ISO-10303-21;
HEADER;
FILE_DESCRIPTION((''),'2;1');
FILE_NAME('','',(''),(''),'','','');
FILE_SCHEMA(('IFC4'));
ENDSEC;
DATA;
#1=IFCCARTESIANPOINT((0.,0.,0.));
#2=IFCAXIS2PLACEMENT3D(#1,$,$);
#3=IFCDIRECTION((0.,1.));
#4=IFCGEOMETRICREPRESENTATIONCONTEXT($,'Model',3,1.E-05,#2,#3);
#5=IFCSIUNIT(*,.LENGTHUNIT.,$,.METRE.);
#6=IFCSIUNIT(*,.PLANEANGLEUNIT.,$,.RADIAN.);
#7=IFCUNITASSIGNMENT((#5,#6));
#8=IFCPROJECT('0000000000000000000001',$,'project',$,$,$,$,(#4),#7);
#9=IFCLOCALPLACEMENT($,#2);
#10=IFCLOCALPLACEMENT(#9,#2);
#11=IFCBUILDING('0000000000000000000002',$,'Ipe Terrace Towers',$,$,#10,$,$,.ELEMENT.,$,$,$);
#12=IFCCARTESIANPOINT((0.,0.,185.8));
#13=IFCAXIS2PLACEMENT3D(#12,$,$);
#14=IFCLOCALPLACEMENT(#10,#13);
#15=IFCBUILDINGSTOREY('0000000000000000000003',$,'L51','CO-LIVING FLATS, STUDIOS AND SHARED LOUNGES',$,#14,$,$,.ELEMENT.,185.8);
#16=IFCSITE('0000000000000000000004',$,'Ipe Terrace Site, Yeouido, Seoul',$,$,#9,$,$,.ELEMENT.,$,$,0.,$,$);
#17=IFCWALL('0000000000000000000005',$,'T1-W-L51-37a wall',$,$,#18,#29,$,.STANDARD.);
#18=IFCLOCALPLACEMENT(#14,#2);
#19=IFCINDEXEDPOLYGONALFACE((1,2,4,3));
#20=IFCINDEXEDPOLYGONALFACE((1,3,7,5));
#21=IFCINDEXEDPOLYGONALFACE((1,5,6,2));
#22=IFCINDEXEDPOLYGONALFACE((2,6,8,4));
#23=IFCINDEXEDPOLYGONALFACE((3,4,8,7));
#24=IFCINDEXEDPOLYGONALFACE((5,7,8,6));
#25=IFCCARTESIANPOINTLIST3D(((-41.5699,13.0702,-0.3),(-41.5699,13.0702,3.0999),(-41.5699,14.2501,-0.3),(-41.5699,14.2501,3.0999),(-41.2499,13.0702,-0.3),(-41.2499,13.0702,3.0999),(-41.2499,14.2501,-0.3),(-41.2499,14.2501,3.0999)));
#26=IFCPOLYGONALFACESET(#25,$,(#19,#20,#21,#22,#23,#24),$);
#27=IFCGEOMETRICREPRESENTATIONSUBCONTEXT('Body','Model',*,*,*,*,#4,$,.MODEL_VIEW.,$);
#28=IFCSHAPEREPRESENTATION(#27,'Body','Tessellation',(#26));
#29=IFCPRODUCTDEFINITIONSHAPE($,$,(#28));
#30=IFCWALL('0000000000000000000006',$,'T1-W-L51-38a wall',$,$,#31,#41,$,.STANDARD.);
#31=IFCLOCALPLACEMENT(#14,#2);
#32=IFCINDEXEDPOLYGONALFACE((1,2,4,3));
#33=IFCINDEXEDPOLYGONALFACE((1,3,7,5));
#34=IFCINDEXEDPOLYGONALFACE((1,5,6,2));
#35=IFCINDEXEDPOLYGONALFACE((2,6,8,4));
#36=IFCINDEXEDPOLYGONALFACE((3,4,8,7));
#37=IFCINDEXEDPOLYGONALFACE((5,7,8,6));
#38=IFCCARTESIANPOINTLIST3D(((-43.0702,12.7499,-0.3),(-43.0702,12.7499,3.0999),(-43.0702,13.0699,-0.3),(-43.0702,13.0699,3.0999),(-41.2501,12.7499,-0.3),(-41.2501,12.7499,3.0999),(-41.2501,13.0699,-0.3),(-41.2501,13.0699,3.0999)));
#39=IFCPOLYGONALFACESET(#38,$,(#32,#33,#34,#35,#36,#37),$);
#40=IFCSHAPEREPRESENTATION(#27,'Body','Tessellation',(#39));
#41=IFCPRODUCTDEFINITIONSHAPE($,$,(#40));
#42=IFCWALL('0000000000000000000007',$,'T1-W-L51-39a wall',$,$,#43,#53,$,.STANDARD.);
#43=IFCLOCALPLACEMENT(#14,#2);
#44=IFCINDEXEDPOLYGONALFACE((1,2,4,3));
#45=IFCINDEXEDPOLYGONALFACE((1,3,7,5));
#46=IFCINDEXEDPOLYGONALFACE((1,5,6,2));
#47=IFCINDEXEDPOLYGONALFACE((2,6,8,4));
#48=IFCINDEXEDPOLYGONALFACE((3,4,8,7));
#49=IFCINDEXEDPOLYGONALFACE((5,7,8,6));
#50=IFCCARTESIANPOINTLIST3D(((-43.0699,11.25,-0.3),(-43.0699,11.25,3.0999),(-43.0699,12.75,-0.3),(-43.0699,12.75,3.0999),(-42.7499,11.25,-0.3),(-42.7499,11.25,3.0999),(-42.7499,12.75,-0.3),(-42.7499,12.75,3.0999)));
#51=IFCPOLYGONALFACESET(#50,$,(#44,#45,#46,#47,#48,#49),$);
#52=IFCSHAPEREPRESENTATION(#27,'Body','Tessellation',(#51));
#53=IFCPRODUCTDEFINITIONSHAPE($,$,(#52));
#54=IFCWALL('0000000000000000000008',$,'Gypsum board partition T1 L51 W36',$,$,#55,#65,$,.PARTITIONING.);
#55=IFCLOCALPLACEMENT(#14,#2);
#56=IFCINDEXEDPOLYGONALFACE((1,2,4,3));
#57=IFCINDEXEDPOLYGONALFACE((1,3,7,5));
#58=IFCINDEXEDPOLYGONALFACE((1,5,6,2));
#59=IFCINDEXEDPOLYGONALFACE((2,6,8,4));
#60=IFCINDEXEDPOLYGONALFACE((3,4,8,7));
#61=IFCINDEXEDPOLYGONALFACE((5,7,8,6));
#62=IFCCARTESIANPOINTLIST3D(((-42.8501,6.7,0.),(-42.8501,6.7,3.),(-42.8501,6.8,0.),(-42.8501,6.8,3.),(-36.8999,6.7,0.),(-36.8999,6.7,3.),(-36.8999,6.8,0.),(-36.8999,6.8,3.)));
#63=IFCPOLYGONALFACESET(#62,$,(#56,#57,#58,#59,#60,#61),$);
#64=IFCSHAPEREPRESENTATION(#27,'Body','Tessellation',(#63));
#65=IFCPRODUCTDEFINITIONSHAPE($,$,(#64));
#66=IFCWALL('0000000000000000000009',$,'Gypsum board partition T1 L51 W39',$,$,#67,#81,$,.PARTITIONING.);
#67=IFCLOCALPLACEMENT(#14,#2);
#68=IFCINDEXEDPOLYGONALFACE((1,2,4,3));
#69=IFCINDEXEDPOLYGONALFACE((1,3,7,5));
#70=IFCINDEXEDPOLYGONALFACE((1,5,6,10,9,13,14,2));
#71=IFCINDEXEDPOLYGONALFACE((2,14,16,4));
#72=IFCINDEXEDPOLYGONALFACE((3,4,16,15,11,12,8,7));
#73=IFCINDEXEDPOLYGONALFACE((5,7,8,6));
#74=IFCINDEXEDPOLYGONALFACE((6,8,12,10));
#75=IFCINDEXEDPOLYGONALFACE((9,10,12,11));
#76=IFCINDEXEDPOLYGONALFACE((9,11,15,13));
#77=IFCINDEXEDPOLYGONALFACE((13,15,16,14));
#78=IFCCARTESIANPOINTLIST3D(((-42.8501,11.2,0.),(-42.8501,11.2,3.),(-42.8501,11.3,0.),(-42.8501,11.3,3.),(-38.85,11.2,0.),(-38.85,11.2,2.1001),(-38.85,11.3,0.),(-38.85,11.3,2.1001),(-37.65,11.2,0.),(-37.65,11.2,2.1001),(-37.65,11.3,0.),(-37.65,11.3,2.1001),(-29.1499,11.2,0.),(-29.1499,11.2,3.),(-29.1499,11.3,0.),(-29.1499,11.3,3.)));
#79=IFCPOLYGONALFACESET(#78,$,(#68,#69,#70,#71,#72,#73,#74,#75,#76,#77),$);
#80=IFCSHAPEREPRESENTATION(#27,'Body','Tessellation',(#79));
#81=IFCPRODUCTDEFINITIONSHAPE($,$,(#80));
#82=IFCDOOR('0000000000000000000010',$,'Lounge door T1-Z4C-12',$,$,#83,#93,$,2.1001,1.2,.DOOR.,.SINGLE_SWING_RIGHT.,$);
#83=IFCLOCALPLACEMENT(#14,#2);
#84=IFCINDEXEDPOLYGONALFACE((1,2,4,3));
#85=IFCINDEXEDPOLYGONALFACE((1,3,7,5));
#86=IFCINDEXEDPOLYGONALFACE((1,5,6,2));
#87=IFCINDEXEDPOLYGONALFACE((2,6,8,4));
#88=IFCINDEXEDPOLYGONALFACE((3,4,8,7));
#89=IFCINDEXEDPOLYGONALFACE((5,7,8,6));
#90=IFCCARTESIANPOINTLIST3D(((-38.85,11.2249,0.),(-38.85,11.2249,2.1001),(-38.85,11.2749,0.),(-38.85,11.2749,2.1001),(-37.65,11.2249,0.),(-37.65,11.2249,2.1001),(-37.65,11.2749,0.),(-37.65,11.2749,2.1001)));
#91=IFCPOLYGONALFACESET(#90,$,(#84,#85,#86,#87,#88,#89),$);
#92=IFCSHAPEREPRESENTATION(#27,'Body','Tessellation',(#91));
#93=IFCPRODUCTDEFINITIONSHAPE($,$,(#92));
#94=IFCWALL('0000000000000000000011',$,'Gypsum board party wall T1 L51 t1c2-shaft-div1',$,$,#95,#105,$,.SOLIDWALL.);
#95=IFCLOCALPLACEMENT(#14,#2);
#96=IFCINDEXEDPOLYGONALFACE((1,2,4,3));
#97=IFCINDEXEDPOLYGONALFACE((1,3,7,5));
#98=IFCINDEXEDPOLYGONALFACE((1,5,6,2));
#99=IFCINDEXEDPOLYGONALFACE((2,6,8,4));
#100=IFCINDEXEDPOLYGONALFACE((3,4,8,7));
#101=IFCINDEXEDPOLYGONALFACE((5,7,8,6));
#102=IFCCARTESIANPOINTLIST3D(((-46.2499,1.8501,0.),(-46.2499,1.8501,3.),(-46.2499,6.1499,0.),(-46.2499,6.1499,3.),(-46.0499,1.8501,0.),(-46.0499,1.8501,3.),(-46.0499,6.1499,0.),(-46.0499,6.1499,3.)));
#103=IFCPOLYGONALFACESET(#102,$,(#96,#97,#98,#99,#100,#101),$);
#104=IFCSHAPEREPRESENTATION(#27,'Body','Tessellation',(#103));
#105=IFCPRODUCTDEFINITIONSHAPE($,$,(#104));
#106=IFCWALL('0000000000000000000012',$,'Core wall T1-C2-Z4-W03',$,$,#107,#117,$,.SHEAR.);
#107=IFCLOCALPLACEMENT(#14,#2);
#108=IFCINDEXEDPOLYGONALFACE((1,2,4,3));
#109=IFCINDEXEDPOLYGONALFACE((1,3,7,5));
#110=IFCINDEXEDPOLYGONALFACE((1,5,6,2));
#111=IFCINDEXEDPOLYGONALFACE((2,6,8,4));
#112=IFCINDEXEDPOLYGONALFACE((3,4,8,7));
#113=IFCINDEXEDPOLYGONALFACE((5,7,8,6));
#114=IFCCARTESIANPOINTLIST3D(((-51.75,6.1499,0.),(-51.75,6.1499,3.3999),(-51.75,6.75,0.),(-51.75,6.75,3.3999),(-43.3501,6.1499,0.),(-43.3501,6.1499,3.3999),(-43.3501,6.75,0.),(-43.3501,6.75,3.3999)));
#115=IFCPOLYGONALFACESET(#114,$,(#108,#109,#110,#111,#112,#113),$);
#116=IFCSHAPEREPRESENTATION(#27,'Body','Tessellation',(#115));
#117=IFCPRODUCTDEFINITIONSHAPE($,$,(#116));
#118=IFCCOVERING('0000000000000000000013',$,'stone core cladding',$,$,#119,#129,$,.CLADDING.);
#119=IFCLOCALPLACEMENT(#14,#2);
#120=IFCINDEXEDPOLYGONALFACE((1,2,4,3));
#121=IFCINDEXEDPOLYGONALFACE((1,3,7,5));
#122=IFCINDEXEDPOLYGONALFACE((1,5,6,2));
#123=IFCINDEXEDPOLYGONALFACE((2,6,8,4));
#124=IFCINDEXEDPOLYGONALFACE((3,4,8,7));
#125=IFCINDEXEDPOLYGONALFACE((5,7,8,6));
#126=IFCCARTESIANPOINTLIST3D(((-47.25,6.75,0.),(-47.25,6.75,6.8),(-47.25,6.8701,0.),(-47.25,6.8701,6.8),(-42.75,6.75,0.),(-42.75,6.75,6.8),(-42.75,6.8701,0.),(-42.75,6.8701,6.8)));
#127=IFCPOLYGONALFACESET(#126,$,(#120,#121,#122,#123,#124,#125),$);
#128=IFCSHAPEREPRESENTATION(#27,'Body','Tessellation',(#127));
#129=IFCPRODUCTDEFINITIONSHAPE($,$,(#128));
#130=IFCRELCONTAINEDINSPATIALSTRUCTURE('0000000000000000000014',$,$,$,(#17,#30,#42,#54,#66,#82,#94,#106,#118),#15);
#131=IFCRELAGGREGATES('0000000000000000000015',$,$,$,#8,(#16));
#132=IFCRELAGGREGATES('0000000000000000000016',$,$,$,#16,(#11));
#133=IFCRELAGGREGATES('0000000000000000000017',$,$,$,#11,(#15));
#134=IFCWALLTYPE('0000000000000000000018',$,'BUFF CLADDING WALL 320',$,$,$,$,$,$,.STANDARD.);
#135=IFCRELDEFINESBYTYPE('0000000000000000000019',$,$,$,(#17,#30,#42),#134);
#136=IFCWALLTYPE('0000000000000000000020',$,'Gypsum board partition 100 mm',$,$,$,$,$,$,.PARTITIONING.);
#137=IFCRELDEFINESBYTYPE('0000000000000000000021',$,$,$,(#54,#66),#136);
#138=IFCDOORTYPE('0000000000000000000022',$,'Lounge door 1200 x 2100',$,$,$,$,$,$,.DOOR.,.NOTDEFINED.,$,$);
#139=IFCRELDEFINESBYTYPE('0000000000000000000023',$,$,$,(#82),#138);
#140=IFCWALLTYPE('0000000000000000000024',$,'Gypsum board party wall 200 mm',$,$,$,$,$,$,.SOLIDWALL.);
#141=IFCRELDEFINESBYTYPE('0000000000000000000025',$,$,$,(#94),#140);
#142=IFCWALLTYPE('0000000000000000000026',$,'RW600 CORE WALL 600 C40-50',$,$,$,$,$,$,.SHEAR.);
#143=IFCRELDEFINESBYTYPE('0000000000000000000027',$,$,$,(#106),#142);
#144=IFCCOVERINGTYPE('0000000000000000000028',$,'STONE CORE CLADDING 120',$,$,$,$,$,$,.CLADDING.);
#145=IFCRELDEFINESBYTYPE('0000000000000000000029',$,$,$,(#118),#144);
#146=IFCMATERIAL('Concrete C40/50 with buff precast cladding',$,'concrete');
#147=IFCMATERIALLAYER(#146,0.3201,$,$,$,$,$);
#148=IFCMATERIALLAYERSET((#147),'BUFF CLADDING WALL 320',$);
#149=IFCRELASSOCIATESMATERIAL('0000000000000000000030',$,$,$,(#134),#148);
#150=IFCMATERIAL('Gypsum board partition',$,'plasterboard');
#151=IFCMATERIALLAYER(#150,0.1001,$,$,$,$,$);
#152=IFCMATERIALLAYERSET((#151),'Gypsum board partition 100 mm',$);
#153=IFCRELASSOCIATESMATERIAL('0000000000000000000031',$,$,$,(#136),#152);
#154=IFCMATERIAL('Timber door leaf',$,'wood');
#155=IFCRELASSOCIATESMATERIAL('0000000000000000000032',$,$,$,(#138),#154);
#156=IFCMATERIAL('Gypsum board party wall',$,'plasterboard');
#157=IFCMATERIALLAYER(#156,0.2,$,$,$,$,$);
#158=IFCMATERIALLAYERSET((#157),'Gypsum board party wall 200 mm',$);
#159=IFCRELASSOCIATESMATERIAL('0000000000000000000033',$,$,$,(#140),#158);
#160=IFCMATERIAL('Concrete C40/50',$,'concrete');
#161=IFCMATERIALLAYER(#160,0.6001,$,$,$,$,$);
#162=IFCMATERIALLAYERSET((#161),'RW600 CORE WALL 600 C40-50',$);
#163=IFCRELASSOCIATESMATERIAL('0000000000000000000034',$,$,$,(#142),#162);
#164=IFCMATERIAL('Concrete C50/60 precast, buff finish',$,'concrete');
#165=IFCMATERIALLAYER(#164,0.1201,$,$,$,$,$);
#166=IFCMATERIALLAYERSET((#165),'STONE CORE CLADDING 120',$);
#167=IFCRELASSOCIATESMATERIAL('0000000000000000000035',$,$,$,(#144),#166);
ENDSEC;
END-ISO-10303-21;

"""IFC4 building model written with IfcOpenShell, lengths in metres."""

from ifc_helpers import new_model, si_unit, direction, frame, frame_2d, origin, origin_2d, place, context, subcontext, project, spatial, rectangle, extrude, material, layer, layer_set, type_object, element, fill, save


model = new_model("IFC4")

# Units and contexts
model_context = context("Model", 3, precision=1e-05, world=origin(), true_north=direction((0.0, 1.0)))
body_context = subcontext(model_context, "Body", "Model", "MODEL_VIEW")
ifc_project = project(units=[si_unit("LENGTHUNIT", "METRE"), si_unit("PLANEANGLEUNIT", "RADIAN")], contexts=[model_context])

# Site, building, storey
site_placement = place(None, origin())
site = spatial("IfcSite", under=ifc_project, at=site_placement, Name="Ipe Terrace Site, Yeouido, Seoul", CompositionType="ELEMENT", RefElevation=0.0)
building_placement = place(site_placement, origin())
building = spatial("IfcBuilding", under=site, at=building_placement, Name="Ipe Terrace Towers", CompositionType="ELEMENT")
storey_placement = place(building_placement, frame((0.0, 0.0, 185.8)))
storey = spatial("IfcBuildingStorey", under=building, at=storey_placement, Name="L51", Description="CO-LIVING FLATS, STUDIOS AND SHARED LOUNGES", CompositionType="ELEMENT", Elevation=185.8)

# Walls
ifc_material_1 = material(Name="Concrete C40/50 with buff precast cladding", Category="concrete")
ifc_layer_1 = layer(ifc_material_1, 0.3201)
ifc_layer_set_1 = layer_set([ifc_layer_1], Name="BUFF CLADDING WALL 320")
wall_type_1 = type_object("IfcWallType", Name="BUFF CLADDING WALL 320", PredefinedType="STANDARD", material=ifc_layer_set_1)
wall_1_placement = place(storey_placement, frame((-41.4099, 14.25, -0.3), z_axis=(0.0, 0.0, 1.0), x_axis=(0.0, -1.0, 0.0)))
element("IfcWall", 1, at=wall_1_placement, inside=storey, type_object=wall_type_1, Name="T1-W-L51-37a wall", PredefinedType="STANDARD", context=body_context, shape_type="SweptSolid", body=[
    extrude(rectangle(XDim=1.1799, YDim=0.3201, at=frame_2d((0.5898, 0.0))), origin(), (0.0, 0.0, 1.0), 3.3999),
])
wall_2_placement = place(storey_placement, frame((-41.25, 12.9099, -0.3), z_axis=(0.0, 0.0, 1.0), x_axis=(-1.0, 0.0, 0.0)))
element("IfcWall", 2, at=wall_2_placement, inside=storey, type_object=wall_type_1, Name="T1-W-L51-38a wall", PredefinedType="STANDARD", context=body_context, shape_type="SweptSolid", body=[
    extrude(rectangle(XDim=1.8201, YDim=0.3201, at=frame_2d((0.9102, 0.0))), origin(), (0.0, 0.0, 1.0), 3.3999),
])
wall_3_placement = place(storey_placement, frame((-42.9099, 12.75, -0.3), z_axis=(0.0, 0.0, 1.0), x_axis=(0.0, -1.0, 0.0)))
element("IfcWall", 3, at=wall_3_placement, inside=storey, type_object=wall_type_1, Name="T1-W-L51-39a wall", PredefinedType="STANDARD", context=body_context, shape_type="SweptSolid", body=[
    extrude(rectangle(XDim=1.5, YDim=0.3201, at=frame_2d((0.75, 0.0))), origin(), (0.0, 0.0, 1.0), 3.3999),
])
ifc_material_2 = material(Name="Gypsum board partition", Category="plasterboard")
ifc_layer_2 = layer(ifc_material_2, 0.1001)
ifc_layer_set_2 = layer_set([ifc_layer_2], Name="Gypsum board partition 100 mm")
wall_type_2 = type_object("IfcWallType", Name="Gypsum board partition 100 mm", PredefinedType="PARTITIONING", material=ifc_layer_set_2)
wall_4_placement = place(storey_placement, frame((-42.8501, 6.75, 0.0), z_axis=(0.0, 0.0, 1.0), x_axis=(1.0, 0.0, 0.0)))
element("IfcWall", 4, at=wall_4_placement, inside=storey, type_object=wall_type_2, Name="Gypsum board partition T1 L51 W36", PredefinedType="PARTITIONING", context=body_context, shape_type="SweptSolid", body=[
    extrude(rectangle(XDim=5.9502, YDim=0.1001, at=frame_2d((2.9751, 0.0))), origin(), (0.0, 0.0, 1.0), 3.0),
])

# Wall, opening, door
wall_5_placement = place(storey_placement, frame((-42.8501, 11.25, 0.0), z_axis=(0.0, 0.0, 1.0), x_axis=(1.0, 0.0, 0.0)))
wall_5 = element("IfcWall", 5, at=wall_5_placement, inside=storey, type_object=wall_type_2, Name="Gypsum board partition T1 L51 W39", PredefinedType="PARTITIONING", context=body_context, shape_type="SweptSolid", body=[
    extrude(rectangle(XDim=13.7002, YDim=0.1001, at=frame_2d((6.8501, 0.0))), origin(), (0.0, 0.0, 1.0), 3.0),
])
opening_1_placement = place(wall_5_placement, frame((4.0, 0.0, 0.0)))
opening_1 = element("IfcOpeningElement", 6, at=opening_1_placement, cuts=wall_5, PredefinedType="OPENING", context=body_context, shape_type="SweptSolid", body=[
    extrude(rectangle(XDim=1.2, YDim=2.1001, at=frame_2d((0.6001, 1.05))), frame((0.0, 0.0601, 0.0), z_axis=(0.0, -1.0, 0.0), x_axis=(1.0, 0.0, 0.0)), (0.0, 0.0, 1.0), 0.1201),
])
ifc_material_3 = material(Name="Timber door leaf", Category="wood")
door_type_1 = type_object("IfcDoorType", Name="Lounge door 1200 x 2100", OperationType="NOTDEFINED", PredefinedType="DOOR", material=ifc_material_3)
door_1_placement = place(opening_1_placement, origin())
door_1 = element("IfcDoor", 7, at=door_1_placement, inside=storey, type_object=door_type_1, Name="Lounge door T1-Z4C-12", OperationType="SINGLE_SWING_RIGHT", OverallHeight=2.1001, OverallWidth=1.2, PredefinedType="DOOR", context=body_context, shape_type="SweptSolid", body=[
    extrude(rectangle(XDim=1.2, YDim=2.1001, at=frame_2d((0.6001, 1.05))), frame((0.0, 0.0249, 0.0), z_axis=(0.0, -1.0, 0.0), x_axis=(1.0, 0.0, 0.0)), (0.0, 0.0, 1.0), 0.05),
])
fill(opening_1, door_1)

# Walls
ifc_material_4 = material(Name="Gypsum board party wall", Category="plasterboard")
ifc_layer_3 = layer(ifc_material_4, 0.2)
ifc_layer_set_3 = layer_set([ifc_layer_3], Name="Gypsum board party wall 200 mm")
wall_type_3 = type_object("IfcWallType", Name="Gypsum board party wall 200 mm", PredefinedType="SOLIDWALL", material=ifc_layer_set_3)
wall_6_placement = place(storey_placement, frame((-46.1499, 6.1499, 0.0), z_axis=(0.0, 0.0, 1.0), x_axis=(0.0, -1.0, 0.0)))
element("IfcWall", 8, at=wall_6_placement, inside=storey, type_object=wall_type_3, Name="Gypsum board party wall T1 L51 t1c2-shaft-div1", PredefinedType="SOLIDWALL", context=body_context, shape_type="SweptSolid", body=[
    extrude(rectangle(XDim=4.2998, YDim=0.2, at=frame_2d((2.1499, 0.0))), origin(), (0.0, 0.0, 1.0), 3.0),
])
ifc_material_5 = material(Name="Concrete C40/50", Category="concrete")
ifc_layer_4 = layer(ifc_material_5, 0.6001)
ifc_layer_set_4 = layer_set([ifc_layer_4], Name="RW600 CORE WALL 600 C40-50")
wall_type_4 = type_object("IfcWallType", Name="RW600 CORE WALL 600 C40-50", PredefinedType="SHEAR", material=ifc_layer_set_4)
wall_7_placement = place(storey_placement, frame((-43.3501, 6.45, 0.0), z_axis=(0.0, 0.0, 1.0), x_axis=(-1.0, 0.0, 0.0)))
element("IfcWall", 9, at=wall_7_placement, inside=storey, type_object=wall_type_4, Name="Core wall T1-C2-Z4-W03", PredefinedType="SHEAR", context=body_context, shape_type="SweptSolid", body=[
    extrude(rectangle(XDim=8.3999, YDim=0.6001, at=frame_2d((4.2, 0.0))), origin(), (0.0, 0.0, 1.0), 3.3999),
])

# Covering
ifc_material_6 = material(Name="Concrete C50/60 precast, buff finish", Category="concrete")
ifc_layer_5 = layer(ifc_material_6, 0.1201)
ifc_layer_set_5 = layer_set([ifc_layer_5], Name="STONE CORE CLADDING 120")
covering_type = type_object("IfcCoveringType", Name="STONE CORE CLADDING 120", PredefinedType="CLADDING", material=ifc_layer_set_5)
covering_placement = place(storey_placement, frame((-45.0, 6.8101, 0.0), z_axis=(0.0, 0.0, 1.0), x_axis=(-1.0, 0.0, 0.0)))
element("IfcCovering", 10, at=covering_placement, inside=storey, type_object=covering_type, Name="stone core cladding", PredefinedType="CLADDING", context=body_context, shape_type="SweptSolid", body=[
    extrude(rectangle(XDim=4.5, YDim=0.1201, at=origin_2d()), origin(), (0.0, 0.0, 1.0), 6.8),
])

save(model, "model.ifc")
